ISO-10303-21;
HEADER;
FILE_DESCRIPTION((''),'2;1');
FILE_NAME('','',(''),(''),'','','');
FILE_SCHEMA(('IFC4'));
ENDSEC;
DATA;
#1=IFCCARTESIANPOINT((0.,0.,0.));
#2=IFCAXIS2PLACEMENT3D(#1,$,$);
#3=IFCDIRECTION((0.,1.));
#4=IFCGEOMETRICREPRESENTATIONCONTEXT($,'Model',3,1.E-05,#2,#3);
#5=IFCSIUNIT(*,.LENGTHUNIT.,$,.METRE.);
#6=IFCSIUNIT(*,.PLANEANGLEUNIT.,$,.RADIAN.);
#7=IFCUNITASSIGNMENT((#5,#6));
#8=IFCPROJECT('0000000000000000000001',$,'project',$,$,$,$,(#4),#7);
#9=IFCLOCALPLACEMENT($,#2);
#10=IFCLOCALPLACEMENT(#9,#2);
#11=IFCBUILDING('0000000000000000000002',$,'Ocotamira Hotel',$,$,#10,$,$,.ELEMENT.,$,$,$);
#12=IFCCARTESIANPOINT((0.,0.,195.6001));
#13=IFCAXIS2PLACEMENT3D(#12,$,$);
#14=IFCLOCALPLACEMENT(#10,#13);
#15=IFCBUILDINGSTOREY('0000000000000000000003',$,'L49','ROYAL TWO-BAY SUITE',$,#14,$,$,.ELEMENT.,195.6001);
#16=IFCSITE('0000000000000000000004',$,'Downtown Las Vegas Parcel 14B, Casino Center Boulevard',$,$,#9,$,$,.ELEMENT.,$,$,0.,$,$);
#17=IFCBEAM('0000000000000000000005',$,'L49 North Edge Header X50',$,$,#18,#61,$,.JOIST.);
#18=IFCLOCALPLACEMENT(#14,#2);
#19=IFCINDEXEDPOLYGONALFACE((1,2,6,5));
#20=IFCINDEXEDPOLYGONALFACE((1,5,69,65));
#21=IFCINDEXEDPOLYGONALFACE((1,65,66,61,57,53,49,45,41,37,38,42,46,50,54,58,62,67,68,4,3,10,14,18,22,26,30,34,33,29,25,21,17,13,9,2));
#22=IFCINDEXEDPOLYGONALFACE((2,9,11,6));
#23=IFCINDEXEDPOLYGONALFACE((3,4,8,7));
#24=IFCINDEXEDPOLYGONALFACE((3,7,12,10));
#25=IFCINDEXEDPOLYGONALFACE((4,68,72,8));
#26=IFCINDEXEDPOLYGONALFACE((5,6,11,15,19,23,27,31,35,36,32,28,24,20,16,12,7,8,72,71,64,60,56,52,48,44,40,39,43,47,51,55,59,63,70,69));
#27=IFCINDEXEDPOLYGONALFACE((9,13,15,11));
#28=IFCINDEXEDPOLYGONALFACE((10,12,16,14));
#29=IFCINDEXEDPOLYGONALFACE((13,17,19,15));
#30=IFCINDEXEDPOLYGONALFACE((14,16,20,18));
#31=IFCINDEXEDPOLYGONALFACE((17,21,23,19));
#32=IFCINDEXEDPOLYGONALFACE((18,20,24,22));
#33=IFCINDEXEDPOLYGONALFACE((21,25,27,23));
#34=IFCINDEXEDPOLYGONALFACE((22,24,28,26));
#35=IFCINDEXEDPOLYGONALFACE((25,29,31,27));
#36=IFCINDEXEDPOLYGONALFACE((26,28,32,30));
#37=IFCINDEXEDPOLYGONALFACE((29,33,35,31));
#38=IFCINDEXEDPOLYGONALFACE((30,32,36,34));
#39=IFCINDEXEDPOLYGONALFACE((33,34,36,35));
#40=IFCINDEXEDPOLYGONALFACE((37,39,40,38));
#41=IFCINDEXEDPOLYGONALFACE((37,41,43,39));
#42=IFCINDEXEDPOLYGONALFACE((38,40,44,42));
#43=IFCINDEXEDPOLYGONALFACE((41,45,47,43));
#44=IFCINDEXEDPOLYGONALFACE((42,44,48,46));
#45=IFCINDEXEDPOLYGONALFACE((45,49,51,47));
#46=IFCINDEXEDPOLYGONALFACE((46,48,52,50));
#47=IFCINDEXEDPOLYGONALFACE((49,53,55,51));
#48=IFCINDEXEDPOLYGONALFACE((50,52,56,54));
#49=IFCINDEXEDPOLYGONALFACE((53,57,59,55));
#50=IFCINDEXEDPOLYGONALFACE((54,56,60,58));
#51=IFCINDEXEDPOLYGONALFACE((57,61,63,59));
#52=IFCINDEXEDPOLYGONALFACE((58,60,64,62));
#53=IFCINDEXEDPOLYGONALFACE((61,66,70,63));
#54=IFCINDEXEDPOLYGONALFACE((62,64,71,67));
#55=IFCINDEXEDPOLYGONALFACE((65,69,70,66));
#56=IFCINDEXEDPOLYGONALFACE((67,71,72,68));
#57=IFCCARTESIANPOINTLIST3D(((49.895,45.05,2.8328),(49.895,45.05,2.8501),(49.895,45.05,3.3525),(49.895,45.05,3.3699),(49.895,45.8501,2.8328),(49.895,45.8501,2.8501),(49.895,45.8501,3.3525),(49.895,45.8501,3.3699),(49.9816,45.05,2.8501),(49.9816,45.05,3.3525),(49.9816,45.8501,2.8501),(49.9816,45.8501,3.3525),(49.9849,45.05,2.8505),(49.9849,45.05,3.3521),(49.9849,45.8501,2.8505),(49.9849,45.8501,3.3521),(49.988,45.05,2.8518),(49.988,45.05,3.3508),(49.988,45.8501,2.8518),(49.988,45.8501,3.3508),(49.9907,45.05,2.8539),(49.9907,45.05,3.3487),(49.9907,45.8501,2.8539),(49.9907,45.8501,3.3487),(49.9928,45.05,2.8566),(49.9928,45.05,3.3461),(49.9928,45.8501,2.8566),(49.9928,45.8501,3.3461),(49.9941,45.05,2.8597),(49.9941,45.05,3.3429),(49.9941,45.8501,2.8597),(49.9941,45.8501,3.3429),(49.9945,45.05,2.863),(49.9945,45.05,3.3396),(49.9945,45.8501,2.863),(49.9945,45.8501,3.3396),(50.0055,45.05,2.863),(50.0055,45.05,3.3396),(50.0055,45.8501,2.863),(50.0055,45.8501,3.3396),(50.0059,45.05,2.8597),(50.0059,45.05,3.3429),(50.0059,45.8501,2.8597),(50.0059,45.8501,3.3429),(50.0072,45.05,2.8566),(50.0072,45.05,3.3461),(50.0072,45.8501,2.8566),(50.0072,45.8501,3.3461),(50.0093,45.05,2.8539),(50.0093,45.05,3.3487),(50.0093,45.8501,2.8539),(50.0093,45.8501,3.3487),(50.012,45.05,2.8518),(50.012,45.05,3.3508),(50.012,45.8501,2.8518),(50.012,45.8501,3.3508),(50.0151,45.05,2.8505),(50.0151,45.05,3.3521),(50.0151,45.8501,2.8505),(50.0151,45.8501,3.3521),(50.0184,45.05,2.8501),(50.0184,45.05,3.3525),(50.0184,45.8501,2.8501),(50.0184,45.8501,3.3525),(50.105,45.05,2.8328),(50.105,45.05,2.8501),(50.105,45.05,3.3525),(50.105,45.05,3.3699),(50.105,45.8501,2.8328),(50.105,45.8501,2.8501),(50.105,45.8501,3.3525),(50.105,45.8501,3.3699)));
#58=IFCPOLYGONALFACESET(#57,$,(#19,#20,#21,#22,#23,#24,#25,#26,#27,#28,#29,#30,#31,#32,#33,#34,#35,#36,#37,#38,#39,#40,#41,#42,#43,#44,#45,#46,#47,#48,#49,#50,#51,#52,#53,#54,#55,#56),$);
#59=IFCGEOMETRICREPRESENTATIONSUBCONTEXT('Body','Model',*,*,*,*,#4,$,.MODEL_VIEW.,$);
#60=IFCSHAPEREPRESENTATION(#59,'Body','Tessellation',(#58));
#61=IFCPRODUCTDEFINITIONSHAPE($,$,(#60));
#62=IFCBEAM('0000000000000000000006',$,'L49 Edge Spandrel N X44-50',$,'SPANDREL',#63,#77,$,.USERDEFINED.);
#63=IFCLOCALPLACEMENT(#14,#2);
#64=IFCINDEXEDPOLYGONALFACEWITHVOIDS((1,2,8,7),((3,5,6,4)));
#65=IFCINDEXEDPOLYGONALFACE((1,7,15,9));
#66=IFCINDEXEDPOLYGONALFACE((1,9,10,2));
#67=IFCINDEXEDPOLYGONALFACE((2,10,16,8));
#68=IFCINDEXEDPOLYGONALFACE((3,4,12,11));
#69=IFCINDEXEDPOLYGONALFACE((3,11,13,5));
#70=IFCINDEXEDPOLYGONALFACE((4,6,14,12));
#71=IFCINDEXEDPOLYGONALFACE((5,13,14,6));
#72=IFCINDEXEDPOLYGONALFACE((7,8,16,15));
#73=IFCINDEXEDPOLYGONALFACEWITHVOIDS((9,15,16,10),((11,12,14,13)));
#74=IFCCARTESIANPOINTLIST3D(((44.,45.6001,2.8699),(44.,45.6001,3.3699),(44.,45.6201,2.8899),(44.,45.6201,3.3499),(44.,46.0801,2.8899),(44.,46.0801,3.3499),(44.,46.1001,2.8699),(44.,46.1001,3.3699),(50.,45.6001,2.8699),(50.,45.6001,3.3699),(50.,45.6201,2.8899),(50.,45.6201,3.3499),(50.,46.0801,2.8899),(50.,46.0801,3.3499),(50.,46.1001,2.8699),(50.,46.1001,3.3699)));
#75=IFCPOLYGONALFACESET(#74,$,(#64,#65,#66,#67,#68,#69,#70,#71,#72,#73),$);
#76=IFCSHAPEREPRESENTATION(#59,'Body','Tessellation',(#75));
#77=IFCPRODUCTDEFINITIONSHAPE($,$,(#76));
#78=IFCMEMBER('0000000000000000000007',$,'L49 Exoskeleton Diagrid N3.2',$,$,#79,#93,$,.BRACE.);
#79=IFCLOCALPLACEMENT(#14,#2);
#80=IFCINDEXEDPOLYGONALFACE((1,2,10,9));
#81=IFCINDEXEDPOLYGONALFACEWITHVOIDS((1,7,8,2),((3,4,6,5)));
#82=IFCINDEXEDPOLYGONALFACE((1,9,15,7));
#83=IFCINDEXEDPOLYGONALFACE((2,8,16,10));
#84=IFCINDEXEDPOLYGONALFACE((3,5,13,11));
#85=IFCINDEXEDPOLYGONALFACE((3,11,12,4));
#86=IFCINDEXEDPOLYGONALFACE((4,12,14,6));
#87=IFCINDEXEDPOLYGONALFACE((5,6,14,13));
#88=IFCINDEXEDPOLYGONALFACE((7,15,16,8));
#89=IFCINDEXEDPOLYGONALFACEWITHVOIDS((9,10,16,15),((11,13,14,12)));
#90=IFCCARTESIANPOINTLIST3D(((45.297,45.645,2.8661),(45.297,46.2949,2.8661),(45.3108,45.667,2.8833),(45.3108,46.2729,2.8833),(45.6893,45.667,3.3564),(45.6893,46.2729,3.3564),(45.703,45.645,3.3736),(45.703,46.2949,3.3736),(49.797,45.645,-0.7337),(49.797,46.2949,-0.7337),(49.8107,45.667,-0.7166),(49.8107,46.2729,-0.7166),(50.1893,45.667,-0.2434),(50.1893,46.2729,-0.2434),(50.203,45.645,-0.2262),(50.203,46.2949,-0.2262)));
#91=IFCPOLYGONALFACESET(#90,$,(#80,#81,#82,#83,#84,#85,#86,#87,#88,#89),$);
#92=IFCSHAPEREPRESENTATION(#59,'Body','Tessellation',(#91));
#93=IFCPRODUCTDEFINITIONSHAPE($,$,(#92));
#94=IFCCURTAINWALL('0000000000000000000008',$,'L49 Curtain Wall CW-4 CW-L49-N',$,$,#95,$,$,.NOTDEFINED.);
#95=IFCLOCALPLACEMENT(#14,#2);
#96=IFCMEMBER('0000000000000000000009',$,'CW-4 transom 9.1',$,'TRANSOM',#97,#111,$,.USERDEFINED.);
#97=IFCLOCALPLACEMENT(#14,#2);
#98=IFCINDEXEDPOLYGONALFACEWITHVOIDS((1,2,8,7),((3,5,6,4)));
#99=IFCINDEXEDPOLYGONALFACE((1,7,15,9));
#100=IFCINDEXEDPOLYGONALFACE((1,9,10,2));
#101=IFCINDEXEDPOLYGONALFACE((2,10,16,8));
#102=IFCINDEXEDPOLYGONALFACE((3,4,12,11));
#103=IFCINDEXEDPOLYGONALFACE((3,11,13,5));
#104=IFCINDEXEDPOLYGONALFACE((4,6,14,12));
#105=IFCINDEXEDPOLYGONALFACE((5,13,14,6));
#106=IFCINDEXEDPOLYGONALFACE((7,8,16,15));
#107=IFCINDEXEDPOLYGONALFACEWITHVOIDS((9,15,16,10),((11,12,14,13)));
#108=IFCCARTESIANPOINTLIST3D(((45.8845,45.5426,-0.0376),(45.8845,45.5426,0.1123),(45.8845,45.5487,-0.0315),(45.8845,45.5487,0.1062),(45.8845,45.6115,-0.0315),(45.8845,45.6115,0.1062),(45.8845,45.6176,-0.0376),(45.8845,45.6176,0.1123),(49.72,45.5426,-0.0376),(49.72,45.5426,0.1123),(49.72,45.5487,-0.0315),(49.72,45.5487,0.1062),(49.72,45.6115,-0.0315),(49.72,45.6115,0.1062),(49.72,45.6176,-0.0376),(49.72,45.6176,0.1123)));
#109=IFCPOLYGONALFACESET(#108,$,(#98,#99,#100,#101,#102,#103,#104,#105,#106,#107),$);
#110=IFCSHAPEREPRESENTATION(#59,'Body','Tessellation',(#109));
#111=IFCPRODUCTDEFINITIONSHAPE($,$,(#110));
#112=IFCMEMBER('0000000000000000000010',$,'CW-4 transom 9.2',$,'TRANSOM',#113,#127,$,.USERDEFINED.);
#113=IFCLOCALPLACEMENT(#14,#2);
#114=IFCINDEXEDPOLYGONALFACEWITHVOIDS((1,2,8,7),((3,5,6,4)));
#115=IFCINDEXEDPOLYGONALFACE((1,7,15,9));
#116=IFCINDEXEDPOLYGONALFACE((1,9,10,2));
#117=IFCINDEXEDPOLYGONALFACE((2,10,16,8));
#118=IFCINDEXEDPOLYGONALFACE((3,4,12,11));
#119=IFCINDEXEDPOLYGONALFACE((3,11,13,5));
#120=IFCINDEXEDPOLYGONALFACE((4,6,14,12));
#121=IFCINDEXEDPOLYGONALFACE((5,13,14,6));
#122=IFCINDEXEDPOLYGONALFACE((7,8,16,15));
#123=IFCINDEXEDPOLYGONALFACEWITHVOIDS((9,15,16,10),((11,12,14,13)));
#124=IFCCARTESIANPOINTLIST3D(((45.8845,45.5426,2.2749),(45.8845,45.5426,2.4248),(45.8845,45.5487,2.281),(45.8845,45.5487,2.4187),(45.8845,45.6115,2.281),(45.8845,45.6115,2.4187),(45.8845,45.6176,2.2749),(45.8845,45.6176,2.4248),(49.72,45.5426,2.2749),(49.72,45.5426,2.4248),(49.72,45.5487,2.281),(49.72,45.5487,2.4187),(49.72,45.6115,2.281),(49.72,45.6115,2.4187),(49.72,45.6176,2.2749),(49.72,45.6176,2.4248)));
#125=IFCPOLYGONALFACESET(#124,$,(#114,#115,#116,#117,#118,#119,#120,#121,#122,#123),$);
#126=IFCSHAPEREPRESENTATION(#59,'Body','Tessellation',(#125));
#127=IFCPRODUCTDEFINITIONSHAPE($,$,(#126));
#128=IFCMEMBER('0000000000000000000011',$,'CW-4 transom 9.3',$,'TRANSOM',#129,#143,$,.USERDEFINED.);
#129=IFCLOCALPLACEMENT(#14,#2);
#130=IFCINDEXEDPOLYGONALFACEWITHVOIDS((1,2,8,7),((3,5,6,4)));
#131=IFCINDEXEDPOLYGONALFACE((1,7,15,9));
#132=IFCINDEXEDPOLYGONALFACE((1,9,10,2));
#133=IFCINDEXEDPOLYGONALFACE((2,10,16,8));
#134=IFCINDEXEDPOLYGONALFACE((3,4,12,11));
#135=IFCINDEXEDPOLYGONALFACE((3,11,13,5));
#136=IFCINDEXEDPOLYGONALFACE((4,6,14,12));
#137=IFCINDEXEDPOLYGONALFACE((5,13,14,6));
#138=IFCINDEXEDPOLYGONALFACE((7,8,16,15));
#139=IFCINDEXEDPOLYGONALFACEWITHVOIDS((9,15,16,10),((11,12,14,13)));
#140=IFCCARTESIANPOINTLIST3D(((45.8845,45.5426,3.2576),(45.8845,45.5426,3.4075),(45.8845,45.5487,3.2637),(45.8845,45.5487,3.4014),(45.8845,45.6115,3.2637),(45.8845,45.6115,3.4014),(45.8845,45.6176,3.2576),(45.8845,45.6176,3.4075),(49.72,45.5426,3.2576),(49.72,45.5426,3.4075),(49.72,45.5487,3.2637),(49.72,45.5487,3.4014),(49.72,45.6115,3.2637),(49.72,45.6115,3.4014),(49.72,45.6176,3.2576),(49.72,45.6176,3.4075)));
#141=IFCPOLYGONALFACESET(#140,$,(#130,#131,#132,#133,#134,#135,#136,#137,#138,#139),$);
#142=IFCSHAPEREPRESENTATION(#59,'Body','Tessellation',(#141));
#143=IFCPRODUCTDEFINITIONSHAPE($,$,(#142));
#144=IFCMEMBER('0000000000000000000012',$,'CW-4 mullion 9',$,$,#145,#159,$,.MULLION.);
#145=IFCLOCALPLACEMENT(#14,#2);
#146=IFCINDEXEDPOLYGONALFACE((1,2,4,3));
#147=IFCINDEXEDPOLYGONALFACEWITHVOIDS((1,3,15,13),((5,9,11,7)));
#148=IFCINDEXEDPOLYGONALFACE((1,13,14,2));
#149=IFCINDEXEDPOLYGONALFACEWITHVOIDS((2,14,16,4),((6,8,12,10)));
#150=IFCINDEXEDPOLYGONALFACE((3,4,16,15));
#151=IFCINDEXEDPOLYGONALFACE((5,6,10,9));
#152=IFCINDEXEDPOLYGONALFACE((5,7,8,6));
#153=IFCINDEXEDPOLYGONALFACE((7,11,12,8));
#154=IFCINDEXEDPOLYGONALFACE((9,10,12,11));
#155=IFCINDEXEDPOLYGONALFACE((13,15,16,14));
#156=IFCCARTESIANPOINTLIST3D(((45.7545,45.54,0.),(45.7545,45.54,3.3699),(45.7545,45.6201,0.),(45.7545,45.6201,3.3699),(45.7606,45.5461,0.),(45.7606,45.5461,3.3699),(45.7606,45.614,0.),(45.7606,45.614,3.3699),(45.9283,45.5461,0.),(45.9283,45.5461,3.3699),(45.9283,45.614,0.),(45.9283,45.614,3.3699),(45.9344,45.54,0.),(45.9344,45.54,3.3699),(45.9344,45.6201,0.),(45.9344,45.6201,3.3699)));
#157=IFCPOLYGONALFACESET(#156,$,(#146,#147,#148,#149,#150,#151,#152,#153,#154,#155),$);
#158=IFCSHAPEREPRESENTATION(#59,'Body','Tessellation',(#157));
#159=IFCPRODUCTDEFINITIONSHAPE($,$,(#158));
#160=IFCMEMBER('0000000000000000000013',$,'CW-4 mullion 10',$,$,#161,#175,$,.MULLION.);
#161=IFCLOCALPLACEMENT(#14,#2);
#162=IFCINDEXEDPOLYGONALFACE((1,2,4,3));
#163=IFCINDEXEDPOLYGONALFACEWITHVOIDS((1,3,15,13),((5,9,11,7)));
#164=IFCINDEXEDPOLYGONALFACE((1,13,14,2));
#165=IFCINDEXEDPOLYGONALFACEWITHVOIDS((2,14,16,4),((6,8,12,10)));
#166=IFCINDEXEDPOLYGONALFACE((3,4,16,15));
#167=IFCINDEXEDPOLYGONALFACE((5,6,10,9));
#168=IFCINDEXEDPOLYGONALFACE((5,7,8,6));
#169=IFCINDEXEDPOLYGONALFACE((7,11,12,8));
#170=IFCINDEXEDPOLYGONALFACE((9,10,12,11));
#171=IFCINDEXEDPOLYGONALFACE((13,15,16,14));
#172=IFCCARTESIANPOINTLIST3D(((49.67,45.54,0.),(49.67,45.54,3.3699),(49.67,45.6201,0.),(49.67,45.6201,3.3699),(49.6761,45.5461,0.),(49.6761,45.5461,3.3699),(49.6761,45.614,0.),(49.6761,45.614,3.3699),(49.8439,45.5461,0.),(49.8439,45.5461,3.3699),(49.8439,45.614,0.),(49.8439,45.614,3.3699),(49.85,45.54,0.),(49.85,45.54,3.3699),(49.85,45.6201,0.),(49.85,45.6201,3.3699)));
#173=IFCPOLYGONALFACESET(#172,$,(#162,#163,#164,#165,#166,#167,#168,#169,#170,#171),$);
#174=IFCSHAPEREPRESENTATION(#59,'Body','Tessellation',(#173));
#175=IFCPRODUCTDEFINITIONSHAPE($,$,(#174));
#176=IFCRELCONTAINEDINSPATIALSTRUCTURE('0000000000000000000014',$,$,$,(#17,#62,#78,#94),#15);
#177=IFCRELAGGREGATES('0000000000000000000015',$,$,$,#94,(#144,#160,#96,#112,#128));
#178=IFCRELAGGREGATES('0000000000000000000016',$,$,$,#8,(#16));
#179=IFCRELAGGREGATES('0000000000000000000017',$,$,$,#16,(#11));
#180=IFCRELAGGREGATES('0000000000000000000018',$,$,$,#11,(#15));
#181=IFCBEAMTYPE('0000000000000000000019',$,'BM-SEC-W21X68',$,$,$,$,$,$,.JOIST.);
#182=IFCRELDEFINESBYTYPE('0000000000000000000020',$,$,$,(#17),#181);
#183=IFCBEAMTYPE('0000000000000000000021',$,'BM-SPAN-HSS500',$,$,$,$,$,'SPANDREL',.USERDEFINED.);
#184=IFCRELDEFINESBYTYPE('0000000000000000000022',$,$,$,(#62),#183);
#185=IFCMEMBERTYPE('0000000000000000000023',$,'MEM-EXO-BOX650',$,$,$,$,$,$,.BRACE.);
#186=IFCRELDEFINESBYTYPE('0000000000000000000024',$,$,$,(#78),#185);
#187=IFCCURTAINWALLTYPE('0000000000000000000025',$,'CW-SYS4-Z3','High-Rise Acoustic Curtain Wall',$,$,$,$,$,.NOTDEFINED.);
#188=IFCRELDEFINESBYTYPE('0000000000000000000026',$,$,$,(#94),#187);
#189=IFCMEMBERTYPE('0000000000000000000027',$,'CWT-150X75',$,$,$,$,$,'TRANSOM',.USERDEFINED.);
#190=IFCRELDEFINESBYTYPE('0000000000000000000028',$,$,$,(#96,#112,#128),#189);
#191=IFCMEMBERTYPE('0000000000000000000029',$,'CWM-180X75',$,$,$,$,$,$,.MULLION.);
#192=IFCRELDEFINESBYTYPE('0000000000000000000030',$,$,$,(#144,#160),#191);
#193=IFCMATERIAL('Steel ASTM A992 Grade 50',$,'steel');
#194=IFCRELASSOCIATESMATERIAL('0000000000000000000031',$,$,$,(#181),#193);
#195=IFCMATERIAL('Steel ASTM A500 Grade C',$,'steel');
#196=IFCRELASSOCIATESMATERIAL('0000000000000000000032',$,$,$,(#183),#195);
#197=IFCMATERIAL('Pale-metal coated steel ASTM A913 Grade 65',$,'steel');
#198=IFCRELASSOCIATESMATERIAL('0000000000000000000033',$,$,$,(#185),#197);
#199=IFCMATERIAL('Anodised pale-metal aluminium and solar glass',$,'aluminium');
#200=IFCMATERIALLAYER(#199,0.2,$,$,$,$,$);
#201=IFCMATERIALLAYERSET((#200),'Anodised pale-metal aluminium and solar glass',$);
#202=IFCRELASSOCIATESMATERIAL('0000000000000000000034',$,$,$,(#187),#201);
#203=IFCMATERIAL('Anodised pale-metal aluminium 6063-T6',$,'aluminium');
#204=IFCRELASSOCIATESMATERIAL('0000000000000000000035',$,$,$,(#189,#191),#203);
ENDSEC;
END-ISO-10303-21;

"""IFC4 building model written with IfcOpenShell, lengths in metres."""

from ifc_helpers import new_model, si_unit, direction, frame, origin, origin_2d, place, context, subcontext, project, spatial, hollow_rectangle, i_section, extrude, source, transform, mapped, material, layer, layer_set, material_profile, profile_set, type_object, element, aggregate, save


model = new_model("IFC4")

# Units and contexts
model_context = context("Model", 3, precision=1e-05, world=origin(), true_north=direction((0.0, 1.0)))
body_context = subcontext(model_context, "Body", "Model", "MODEL_VIEW")
ifc_project = project(units=[si_unit("LENGTHUNIT", "METRE"), si_unit("PLANEANGLEUNIT", "RADIAN")], contexts=[model_context])

# Site, building, storey
site_placement = place(None, origin())
site = spatial("IfcSite", under=ifc_project, at=site_placement, Name="Downtown Las Vegas Parcel 14B, Casino Center Boulevard", CompositionType="ELEMENT", RefElevation=0.0)
building_placement = place(site_placement, origin())
building = spatial("IfcBuilding", under=site, at=building_placement, Name="Ocotamira Hotel", CompositionType="ELEMENT")
storey_placement = place(building_placement, frame((0.0, 0.0, 195.6001)))
storey = spatial("IfcBuildingStorey", under=building, at=storey_placement, Name="L49", Description="ROYAL TWO-BAY SUITE", CompositionType="ELEMENT", Elevation=195.6001)

# Beams
ifc_material_1 = material(Name="Steel ASTM A992 Grade 50", Category="steel")
ifc_material_profile_1 = material_profile(ifc_material_1, i_section(OverallWidth=0.21, OverallDepth=0.5371, WebThickness=0.011, FlangeThickness=0.0173, FilletRadius=0.0129, at=origin_2d()), Name="W21X68")
ifc_profile_set_1 = profile_set([ifc_material_profile_1], Name="Steel ASTM A992 Grade 50")
beam_type_1 = type_object("IfcBeamType", Name="BM-SEC-W21X68", PredefinedType="JOIST", material=ifc_profile_set_1)
shared_shape_1 = source(origin(), body_context, "Body", "SweptSolid", [
    extrude(i_section(OverallWidth=0.21, OverallDepth=0.5371, WebThickness=0.011, FlangeThickness=0.0173, FilletRadius=0.0129, at=origin_2d()), origin(), (0.0, 0.0, 1.0), 0.8),
])
for number, where, z_axis, x_axis, name in (
    (1, (50.0, 45.05, 3.1013), (0.0, 1.0, 0.0), (-1.0, 0.0, 0.0), "L49 North Edge Header X50"),
):
    element("IfcBeam", number, at=place(storey_placement, frame(where, z_axis=z_axis, x_axis=x_axis)), inside=storey, type_object=beam_type_1, Name=name, PredefinedType="JOIST", context=body_context, shape_type="MappedRepresentation", body=[
        mapped(shared_shape_1, transform((0.0, 0.0, 0.0), scale=1.0)),
    ])
ifc_material_2 = material(Name="Steel ASTM A500 Grade C", Category="steel")
ifc_material_profile_2 = material_profile(ifc_material_2, hollow_rectangle(XDim=0.5, YDim=0.5, WallThickness=0.02, at=origin_2d()), Name="HSS500X500X20")
ifc_profile_set_2 = profile_set([ifc_material_profile_2], Name="Steel ASTM A500 Grade C")
beam_type_2 = type_object("IfcBeamType", Name="BM-SPAN-HSS500", ElementType="SPANDREL", PredefinedType="USERDEFINED", material=ifc_profile_set_2)
shared_shape_2 = source(origin(), body_context, "Body", "SweptSolid", [
    extrude(hollow_rectangle(XDim=0.5, YDim=0.5, WallThickness=0.02, at=origin_2d()), origin(), (0.0, 0.0, 1.0), 6.0),
])
beam_1_placement = place(storey_placement, frame((44.0, 45.8501, 3.1199), z_axis=(1.0, 0.0, 0.0), x_axis=(0.0, 1.0, 0.0)))
element("IfcBeam", 2, at=beam_1_placement, inside=storey, type_object=beam_type_2, Name="L49 Edge Spandrel N X44-50", ObjectType="SPANDREL", PredefinedType="USERDEFINED", context=body_context, shape_type="MappedRepresentation", body=[
    mapped(shared_shape_2, transform((0.0, 0.0, 0.0), scale=1.0)),
])

# Member
ifc_material_3 = material(Name="Pale-metal coated steel ASTM A913 Grade 65", Category="steel")
ifc_material_profile_3 = material_profile(ifc_material_3, hollow_rectangle(XDim=0.6499, YDim=0.6499, WallThickness=0.022, at=origin_2d()), Name="BOX650X650X22")
ifc_profile_set_3 = profile_set([ifc_material_profile_3], Name="Pale-metal coated steel ASTM A913 Grade 65")
member_type_1 = type_object("IfcMemberType", Name="MEM-EXO-BOX650", PredefinedType="BRACE", material=ifc_profile_set_3)
shared_shape_3 = source(origin(), body_context, "Body", "SweptSolid", [
    extrude(hollow_rectangle(XDim=0.6499, YDim=0.6499, WallThickness=0.022, at=origin_2d()), origin(), (0.0, 0.0, 1.0), 5.7627),
])
member_1_placement = place(storey_placement, frame((50.0, 45.97, -0.48), z_axis=(-0.780881, 0.0, 0.62468), x_axis=(0.0, -1.0, 0.0)))
element("IfcMember", 3, at=member_1_placement, inside=storey, type_object=member_type_1, Name="L49 Exoskeleton Diagrid N3.2", PredefinedType="BRACE", context=body_context, shape_type="MappedRepresentation", body=[
    mapped(shared_shape_3, transform((0.0, 0.0, 0.0), scale=1.0)),
])

# Curtain wall, members
ifc_material_4 = material(Name="Anodised pale-metal aluminium and solar glass", Category="aluminium")
ifc_layer_1 = layer(ifc_material_4, 0.2)
ifc_layer_set_1 = layer_set([ifc_layer_1], Name="Anodised pale-metal aluminium and solar glass")
curtain_wall_type = type_object("IfcCurtainWallType", Name="CW-SYS4-Z3", Description="High-Rise Acoustic Curtain Wall", PredefinedType="NOTDEFINED", material=ifc_layer_set_1)
curtain_wall_1_placement = place(storey_placement, origin())
curtain_wall_1 = element("IfcCurtainWall", 4, at=curtain_wall_1_placement, inside=storey, type_object=curtain_wall_type, Name="L49 Curtain Wall CW-4 CW-L49-N", PredefinedType="NOTDEFINED")
ifc_material_5 = material(Name="Anodised pale-metal aluminium 6063-T6", Category="aluminium")
ifc_material_profile_4 = material_profile(ifc_material_5, hollow_rectangle(XDim=0.075, YDim=0.1499, WallThickness=0.0061, at=origin_2d()), Name="HSS150X75X6")
ifc_profile_set_4 = profile_set([ifc_material_profile_4], Name="Anodised pale-metal aluminium 6063-T6")
member_type_2 = type_object("IfcMemberType", Name="CWT-150X75", ElementType="TRANSOM", PredefinedType="USERDEFINED", material=ifc_profile_set_4)
shared_shape_4 = source(origin(), body_context, "Body", "SweptSolid", [
    extrude(hollow_rectangle(XDim=0.075, YDim=0.1499, WallThickness=0.0061, at=origin_2d()), origin(), (0.0, 0.0, 1.0), 3.8354),
])
member_2_placement = place(storey_placement, frame((45.8845, 45.5801, 0.0374), z_axis=(1.0, 0.0, 0.0), x_axis=(0.0, 1.0, 0.0)))
member_2 = element("IfcMember", 5, at=member_2_placement, type_object=member_type_2, Name="CW-4 transom 9.1", ObjectType="TRANSOM", PredefinedType="USERDEFINED", context=body_context, shape_type="MappedRepresentation", body=[
    mapped(shared_shape_4, transform((0.0, 0.0, 0.0), scale=1.0)),
])
member_3_placement = place(storey_placement, frame((45.8845, 45.5801, 2.3499), z_axis=(1.0, 0.0, 0.0), x_axis=(0.0, 1.0, 0.0)))
member_3 = element("IfcMember", 6, at=member_3_placement, type_object=member_type_2, Name="CW-4 transom 9.2", ObjectType="TRANSOM", PredefinedType="USERDEFINED", context=body_context, shape_type="MappedRepresentation", body=[
    mapped(shared_shape_4, transform((0.0, 0.0, 0.0), scale=1.0)),
])
member_4_placement = place(storey_placement, frame((45.8845, 45.5801, 3.3325), z_axis=(1.0, 0.0, 0.0), x_axis=(0.0, 1.0, 0.0)))
member_4 = element("IfcMember", 7, at=member_4_placement, type_object=member_type_2, Name="CW-4 transom 9.3", ObjectType="TRANSOM", PredefinedType="USERDEFINED", context=body_context, shape_type="MappedRepresentation", body=[
    mapped(shared_shape_4, transform((0.0, 0.0, 0.0), scale=1.0)),
])
ifc_material_profile_5 = material_profile(ifc_material_5, hollow_rectangle(XDim=0.0801, YDim=0.1799, WallThickness=0.0061, at=origin_2d()), Name="HSS180X80X6")
ifc_profile_set_5 = profile_set([ifc_material_profile_5], Name="Anodised pale-metal aluminium 6063-T6")
member_type_3 = type_object("IfcMemberType", Name="CWM-180X75", PredefinedType="MULLION", material=ifc_profile_set_5)
shared_shape_5 = source(origin(), body_context, "Body", "SweptSolid", [
    extrude(hollow_rectangle(XDim=0.0801, YDim=0.1799, WallThickness=0.0061, at=origin_2d()), origin(), (0.0, 0.0, 1.0), 3.3699),
])
member_5_placement = place(storey_placement, frame((45.8445, 45.5801, 0.0), z_axis=(0.0, 0.0, 1.0), x_axis=(0.0, 1.0, 0.0)))
member_5 = element("IfcMember", 8, at=member_5_placement, type_object=member_type_3, Name="CW-4 mullion 9", PredefinedType="MULLION", context=body_context, shape_type="MappedRepresentation", body=[
    mapped(shared_shape_5, transform((0.0, 0.0, 0.0), scale=1.0)),
])
member_6_placement = place(storey_placement, frame((49.76, 45.5801, 0.0), z_axis=(0.0, 0.0, 1.0), x_axis=(0.0, 1.0, 0.0)))
member_6 = element("IfcMember", 9, at=member_6_placement, type_object=member_type_3, Name="CW-4 mullion 10", PredefinedType="MULLION", context=body_context, shape_type="MappedRepresentation", body=[
    mapped(shared_shape_5, transform((0.0, 0.0, 0.0), scale=1.0)),
])

aggregate(curtain_wall_1, [member_5, member_6, member_2, member_3, member_4])

save(model, "model.ifc")
